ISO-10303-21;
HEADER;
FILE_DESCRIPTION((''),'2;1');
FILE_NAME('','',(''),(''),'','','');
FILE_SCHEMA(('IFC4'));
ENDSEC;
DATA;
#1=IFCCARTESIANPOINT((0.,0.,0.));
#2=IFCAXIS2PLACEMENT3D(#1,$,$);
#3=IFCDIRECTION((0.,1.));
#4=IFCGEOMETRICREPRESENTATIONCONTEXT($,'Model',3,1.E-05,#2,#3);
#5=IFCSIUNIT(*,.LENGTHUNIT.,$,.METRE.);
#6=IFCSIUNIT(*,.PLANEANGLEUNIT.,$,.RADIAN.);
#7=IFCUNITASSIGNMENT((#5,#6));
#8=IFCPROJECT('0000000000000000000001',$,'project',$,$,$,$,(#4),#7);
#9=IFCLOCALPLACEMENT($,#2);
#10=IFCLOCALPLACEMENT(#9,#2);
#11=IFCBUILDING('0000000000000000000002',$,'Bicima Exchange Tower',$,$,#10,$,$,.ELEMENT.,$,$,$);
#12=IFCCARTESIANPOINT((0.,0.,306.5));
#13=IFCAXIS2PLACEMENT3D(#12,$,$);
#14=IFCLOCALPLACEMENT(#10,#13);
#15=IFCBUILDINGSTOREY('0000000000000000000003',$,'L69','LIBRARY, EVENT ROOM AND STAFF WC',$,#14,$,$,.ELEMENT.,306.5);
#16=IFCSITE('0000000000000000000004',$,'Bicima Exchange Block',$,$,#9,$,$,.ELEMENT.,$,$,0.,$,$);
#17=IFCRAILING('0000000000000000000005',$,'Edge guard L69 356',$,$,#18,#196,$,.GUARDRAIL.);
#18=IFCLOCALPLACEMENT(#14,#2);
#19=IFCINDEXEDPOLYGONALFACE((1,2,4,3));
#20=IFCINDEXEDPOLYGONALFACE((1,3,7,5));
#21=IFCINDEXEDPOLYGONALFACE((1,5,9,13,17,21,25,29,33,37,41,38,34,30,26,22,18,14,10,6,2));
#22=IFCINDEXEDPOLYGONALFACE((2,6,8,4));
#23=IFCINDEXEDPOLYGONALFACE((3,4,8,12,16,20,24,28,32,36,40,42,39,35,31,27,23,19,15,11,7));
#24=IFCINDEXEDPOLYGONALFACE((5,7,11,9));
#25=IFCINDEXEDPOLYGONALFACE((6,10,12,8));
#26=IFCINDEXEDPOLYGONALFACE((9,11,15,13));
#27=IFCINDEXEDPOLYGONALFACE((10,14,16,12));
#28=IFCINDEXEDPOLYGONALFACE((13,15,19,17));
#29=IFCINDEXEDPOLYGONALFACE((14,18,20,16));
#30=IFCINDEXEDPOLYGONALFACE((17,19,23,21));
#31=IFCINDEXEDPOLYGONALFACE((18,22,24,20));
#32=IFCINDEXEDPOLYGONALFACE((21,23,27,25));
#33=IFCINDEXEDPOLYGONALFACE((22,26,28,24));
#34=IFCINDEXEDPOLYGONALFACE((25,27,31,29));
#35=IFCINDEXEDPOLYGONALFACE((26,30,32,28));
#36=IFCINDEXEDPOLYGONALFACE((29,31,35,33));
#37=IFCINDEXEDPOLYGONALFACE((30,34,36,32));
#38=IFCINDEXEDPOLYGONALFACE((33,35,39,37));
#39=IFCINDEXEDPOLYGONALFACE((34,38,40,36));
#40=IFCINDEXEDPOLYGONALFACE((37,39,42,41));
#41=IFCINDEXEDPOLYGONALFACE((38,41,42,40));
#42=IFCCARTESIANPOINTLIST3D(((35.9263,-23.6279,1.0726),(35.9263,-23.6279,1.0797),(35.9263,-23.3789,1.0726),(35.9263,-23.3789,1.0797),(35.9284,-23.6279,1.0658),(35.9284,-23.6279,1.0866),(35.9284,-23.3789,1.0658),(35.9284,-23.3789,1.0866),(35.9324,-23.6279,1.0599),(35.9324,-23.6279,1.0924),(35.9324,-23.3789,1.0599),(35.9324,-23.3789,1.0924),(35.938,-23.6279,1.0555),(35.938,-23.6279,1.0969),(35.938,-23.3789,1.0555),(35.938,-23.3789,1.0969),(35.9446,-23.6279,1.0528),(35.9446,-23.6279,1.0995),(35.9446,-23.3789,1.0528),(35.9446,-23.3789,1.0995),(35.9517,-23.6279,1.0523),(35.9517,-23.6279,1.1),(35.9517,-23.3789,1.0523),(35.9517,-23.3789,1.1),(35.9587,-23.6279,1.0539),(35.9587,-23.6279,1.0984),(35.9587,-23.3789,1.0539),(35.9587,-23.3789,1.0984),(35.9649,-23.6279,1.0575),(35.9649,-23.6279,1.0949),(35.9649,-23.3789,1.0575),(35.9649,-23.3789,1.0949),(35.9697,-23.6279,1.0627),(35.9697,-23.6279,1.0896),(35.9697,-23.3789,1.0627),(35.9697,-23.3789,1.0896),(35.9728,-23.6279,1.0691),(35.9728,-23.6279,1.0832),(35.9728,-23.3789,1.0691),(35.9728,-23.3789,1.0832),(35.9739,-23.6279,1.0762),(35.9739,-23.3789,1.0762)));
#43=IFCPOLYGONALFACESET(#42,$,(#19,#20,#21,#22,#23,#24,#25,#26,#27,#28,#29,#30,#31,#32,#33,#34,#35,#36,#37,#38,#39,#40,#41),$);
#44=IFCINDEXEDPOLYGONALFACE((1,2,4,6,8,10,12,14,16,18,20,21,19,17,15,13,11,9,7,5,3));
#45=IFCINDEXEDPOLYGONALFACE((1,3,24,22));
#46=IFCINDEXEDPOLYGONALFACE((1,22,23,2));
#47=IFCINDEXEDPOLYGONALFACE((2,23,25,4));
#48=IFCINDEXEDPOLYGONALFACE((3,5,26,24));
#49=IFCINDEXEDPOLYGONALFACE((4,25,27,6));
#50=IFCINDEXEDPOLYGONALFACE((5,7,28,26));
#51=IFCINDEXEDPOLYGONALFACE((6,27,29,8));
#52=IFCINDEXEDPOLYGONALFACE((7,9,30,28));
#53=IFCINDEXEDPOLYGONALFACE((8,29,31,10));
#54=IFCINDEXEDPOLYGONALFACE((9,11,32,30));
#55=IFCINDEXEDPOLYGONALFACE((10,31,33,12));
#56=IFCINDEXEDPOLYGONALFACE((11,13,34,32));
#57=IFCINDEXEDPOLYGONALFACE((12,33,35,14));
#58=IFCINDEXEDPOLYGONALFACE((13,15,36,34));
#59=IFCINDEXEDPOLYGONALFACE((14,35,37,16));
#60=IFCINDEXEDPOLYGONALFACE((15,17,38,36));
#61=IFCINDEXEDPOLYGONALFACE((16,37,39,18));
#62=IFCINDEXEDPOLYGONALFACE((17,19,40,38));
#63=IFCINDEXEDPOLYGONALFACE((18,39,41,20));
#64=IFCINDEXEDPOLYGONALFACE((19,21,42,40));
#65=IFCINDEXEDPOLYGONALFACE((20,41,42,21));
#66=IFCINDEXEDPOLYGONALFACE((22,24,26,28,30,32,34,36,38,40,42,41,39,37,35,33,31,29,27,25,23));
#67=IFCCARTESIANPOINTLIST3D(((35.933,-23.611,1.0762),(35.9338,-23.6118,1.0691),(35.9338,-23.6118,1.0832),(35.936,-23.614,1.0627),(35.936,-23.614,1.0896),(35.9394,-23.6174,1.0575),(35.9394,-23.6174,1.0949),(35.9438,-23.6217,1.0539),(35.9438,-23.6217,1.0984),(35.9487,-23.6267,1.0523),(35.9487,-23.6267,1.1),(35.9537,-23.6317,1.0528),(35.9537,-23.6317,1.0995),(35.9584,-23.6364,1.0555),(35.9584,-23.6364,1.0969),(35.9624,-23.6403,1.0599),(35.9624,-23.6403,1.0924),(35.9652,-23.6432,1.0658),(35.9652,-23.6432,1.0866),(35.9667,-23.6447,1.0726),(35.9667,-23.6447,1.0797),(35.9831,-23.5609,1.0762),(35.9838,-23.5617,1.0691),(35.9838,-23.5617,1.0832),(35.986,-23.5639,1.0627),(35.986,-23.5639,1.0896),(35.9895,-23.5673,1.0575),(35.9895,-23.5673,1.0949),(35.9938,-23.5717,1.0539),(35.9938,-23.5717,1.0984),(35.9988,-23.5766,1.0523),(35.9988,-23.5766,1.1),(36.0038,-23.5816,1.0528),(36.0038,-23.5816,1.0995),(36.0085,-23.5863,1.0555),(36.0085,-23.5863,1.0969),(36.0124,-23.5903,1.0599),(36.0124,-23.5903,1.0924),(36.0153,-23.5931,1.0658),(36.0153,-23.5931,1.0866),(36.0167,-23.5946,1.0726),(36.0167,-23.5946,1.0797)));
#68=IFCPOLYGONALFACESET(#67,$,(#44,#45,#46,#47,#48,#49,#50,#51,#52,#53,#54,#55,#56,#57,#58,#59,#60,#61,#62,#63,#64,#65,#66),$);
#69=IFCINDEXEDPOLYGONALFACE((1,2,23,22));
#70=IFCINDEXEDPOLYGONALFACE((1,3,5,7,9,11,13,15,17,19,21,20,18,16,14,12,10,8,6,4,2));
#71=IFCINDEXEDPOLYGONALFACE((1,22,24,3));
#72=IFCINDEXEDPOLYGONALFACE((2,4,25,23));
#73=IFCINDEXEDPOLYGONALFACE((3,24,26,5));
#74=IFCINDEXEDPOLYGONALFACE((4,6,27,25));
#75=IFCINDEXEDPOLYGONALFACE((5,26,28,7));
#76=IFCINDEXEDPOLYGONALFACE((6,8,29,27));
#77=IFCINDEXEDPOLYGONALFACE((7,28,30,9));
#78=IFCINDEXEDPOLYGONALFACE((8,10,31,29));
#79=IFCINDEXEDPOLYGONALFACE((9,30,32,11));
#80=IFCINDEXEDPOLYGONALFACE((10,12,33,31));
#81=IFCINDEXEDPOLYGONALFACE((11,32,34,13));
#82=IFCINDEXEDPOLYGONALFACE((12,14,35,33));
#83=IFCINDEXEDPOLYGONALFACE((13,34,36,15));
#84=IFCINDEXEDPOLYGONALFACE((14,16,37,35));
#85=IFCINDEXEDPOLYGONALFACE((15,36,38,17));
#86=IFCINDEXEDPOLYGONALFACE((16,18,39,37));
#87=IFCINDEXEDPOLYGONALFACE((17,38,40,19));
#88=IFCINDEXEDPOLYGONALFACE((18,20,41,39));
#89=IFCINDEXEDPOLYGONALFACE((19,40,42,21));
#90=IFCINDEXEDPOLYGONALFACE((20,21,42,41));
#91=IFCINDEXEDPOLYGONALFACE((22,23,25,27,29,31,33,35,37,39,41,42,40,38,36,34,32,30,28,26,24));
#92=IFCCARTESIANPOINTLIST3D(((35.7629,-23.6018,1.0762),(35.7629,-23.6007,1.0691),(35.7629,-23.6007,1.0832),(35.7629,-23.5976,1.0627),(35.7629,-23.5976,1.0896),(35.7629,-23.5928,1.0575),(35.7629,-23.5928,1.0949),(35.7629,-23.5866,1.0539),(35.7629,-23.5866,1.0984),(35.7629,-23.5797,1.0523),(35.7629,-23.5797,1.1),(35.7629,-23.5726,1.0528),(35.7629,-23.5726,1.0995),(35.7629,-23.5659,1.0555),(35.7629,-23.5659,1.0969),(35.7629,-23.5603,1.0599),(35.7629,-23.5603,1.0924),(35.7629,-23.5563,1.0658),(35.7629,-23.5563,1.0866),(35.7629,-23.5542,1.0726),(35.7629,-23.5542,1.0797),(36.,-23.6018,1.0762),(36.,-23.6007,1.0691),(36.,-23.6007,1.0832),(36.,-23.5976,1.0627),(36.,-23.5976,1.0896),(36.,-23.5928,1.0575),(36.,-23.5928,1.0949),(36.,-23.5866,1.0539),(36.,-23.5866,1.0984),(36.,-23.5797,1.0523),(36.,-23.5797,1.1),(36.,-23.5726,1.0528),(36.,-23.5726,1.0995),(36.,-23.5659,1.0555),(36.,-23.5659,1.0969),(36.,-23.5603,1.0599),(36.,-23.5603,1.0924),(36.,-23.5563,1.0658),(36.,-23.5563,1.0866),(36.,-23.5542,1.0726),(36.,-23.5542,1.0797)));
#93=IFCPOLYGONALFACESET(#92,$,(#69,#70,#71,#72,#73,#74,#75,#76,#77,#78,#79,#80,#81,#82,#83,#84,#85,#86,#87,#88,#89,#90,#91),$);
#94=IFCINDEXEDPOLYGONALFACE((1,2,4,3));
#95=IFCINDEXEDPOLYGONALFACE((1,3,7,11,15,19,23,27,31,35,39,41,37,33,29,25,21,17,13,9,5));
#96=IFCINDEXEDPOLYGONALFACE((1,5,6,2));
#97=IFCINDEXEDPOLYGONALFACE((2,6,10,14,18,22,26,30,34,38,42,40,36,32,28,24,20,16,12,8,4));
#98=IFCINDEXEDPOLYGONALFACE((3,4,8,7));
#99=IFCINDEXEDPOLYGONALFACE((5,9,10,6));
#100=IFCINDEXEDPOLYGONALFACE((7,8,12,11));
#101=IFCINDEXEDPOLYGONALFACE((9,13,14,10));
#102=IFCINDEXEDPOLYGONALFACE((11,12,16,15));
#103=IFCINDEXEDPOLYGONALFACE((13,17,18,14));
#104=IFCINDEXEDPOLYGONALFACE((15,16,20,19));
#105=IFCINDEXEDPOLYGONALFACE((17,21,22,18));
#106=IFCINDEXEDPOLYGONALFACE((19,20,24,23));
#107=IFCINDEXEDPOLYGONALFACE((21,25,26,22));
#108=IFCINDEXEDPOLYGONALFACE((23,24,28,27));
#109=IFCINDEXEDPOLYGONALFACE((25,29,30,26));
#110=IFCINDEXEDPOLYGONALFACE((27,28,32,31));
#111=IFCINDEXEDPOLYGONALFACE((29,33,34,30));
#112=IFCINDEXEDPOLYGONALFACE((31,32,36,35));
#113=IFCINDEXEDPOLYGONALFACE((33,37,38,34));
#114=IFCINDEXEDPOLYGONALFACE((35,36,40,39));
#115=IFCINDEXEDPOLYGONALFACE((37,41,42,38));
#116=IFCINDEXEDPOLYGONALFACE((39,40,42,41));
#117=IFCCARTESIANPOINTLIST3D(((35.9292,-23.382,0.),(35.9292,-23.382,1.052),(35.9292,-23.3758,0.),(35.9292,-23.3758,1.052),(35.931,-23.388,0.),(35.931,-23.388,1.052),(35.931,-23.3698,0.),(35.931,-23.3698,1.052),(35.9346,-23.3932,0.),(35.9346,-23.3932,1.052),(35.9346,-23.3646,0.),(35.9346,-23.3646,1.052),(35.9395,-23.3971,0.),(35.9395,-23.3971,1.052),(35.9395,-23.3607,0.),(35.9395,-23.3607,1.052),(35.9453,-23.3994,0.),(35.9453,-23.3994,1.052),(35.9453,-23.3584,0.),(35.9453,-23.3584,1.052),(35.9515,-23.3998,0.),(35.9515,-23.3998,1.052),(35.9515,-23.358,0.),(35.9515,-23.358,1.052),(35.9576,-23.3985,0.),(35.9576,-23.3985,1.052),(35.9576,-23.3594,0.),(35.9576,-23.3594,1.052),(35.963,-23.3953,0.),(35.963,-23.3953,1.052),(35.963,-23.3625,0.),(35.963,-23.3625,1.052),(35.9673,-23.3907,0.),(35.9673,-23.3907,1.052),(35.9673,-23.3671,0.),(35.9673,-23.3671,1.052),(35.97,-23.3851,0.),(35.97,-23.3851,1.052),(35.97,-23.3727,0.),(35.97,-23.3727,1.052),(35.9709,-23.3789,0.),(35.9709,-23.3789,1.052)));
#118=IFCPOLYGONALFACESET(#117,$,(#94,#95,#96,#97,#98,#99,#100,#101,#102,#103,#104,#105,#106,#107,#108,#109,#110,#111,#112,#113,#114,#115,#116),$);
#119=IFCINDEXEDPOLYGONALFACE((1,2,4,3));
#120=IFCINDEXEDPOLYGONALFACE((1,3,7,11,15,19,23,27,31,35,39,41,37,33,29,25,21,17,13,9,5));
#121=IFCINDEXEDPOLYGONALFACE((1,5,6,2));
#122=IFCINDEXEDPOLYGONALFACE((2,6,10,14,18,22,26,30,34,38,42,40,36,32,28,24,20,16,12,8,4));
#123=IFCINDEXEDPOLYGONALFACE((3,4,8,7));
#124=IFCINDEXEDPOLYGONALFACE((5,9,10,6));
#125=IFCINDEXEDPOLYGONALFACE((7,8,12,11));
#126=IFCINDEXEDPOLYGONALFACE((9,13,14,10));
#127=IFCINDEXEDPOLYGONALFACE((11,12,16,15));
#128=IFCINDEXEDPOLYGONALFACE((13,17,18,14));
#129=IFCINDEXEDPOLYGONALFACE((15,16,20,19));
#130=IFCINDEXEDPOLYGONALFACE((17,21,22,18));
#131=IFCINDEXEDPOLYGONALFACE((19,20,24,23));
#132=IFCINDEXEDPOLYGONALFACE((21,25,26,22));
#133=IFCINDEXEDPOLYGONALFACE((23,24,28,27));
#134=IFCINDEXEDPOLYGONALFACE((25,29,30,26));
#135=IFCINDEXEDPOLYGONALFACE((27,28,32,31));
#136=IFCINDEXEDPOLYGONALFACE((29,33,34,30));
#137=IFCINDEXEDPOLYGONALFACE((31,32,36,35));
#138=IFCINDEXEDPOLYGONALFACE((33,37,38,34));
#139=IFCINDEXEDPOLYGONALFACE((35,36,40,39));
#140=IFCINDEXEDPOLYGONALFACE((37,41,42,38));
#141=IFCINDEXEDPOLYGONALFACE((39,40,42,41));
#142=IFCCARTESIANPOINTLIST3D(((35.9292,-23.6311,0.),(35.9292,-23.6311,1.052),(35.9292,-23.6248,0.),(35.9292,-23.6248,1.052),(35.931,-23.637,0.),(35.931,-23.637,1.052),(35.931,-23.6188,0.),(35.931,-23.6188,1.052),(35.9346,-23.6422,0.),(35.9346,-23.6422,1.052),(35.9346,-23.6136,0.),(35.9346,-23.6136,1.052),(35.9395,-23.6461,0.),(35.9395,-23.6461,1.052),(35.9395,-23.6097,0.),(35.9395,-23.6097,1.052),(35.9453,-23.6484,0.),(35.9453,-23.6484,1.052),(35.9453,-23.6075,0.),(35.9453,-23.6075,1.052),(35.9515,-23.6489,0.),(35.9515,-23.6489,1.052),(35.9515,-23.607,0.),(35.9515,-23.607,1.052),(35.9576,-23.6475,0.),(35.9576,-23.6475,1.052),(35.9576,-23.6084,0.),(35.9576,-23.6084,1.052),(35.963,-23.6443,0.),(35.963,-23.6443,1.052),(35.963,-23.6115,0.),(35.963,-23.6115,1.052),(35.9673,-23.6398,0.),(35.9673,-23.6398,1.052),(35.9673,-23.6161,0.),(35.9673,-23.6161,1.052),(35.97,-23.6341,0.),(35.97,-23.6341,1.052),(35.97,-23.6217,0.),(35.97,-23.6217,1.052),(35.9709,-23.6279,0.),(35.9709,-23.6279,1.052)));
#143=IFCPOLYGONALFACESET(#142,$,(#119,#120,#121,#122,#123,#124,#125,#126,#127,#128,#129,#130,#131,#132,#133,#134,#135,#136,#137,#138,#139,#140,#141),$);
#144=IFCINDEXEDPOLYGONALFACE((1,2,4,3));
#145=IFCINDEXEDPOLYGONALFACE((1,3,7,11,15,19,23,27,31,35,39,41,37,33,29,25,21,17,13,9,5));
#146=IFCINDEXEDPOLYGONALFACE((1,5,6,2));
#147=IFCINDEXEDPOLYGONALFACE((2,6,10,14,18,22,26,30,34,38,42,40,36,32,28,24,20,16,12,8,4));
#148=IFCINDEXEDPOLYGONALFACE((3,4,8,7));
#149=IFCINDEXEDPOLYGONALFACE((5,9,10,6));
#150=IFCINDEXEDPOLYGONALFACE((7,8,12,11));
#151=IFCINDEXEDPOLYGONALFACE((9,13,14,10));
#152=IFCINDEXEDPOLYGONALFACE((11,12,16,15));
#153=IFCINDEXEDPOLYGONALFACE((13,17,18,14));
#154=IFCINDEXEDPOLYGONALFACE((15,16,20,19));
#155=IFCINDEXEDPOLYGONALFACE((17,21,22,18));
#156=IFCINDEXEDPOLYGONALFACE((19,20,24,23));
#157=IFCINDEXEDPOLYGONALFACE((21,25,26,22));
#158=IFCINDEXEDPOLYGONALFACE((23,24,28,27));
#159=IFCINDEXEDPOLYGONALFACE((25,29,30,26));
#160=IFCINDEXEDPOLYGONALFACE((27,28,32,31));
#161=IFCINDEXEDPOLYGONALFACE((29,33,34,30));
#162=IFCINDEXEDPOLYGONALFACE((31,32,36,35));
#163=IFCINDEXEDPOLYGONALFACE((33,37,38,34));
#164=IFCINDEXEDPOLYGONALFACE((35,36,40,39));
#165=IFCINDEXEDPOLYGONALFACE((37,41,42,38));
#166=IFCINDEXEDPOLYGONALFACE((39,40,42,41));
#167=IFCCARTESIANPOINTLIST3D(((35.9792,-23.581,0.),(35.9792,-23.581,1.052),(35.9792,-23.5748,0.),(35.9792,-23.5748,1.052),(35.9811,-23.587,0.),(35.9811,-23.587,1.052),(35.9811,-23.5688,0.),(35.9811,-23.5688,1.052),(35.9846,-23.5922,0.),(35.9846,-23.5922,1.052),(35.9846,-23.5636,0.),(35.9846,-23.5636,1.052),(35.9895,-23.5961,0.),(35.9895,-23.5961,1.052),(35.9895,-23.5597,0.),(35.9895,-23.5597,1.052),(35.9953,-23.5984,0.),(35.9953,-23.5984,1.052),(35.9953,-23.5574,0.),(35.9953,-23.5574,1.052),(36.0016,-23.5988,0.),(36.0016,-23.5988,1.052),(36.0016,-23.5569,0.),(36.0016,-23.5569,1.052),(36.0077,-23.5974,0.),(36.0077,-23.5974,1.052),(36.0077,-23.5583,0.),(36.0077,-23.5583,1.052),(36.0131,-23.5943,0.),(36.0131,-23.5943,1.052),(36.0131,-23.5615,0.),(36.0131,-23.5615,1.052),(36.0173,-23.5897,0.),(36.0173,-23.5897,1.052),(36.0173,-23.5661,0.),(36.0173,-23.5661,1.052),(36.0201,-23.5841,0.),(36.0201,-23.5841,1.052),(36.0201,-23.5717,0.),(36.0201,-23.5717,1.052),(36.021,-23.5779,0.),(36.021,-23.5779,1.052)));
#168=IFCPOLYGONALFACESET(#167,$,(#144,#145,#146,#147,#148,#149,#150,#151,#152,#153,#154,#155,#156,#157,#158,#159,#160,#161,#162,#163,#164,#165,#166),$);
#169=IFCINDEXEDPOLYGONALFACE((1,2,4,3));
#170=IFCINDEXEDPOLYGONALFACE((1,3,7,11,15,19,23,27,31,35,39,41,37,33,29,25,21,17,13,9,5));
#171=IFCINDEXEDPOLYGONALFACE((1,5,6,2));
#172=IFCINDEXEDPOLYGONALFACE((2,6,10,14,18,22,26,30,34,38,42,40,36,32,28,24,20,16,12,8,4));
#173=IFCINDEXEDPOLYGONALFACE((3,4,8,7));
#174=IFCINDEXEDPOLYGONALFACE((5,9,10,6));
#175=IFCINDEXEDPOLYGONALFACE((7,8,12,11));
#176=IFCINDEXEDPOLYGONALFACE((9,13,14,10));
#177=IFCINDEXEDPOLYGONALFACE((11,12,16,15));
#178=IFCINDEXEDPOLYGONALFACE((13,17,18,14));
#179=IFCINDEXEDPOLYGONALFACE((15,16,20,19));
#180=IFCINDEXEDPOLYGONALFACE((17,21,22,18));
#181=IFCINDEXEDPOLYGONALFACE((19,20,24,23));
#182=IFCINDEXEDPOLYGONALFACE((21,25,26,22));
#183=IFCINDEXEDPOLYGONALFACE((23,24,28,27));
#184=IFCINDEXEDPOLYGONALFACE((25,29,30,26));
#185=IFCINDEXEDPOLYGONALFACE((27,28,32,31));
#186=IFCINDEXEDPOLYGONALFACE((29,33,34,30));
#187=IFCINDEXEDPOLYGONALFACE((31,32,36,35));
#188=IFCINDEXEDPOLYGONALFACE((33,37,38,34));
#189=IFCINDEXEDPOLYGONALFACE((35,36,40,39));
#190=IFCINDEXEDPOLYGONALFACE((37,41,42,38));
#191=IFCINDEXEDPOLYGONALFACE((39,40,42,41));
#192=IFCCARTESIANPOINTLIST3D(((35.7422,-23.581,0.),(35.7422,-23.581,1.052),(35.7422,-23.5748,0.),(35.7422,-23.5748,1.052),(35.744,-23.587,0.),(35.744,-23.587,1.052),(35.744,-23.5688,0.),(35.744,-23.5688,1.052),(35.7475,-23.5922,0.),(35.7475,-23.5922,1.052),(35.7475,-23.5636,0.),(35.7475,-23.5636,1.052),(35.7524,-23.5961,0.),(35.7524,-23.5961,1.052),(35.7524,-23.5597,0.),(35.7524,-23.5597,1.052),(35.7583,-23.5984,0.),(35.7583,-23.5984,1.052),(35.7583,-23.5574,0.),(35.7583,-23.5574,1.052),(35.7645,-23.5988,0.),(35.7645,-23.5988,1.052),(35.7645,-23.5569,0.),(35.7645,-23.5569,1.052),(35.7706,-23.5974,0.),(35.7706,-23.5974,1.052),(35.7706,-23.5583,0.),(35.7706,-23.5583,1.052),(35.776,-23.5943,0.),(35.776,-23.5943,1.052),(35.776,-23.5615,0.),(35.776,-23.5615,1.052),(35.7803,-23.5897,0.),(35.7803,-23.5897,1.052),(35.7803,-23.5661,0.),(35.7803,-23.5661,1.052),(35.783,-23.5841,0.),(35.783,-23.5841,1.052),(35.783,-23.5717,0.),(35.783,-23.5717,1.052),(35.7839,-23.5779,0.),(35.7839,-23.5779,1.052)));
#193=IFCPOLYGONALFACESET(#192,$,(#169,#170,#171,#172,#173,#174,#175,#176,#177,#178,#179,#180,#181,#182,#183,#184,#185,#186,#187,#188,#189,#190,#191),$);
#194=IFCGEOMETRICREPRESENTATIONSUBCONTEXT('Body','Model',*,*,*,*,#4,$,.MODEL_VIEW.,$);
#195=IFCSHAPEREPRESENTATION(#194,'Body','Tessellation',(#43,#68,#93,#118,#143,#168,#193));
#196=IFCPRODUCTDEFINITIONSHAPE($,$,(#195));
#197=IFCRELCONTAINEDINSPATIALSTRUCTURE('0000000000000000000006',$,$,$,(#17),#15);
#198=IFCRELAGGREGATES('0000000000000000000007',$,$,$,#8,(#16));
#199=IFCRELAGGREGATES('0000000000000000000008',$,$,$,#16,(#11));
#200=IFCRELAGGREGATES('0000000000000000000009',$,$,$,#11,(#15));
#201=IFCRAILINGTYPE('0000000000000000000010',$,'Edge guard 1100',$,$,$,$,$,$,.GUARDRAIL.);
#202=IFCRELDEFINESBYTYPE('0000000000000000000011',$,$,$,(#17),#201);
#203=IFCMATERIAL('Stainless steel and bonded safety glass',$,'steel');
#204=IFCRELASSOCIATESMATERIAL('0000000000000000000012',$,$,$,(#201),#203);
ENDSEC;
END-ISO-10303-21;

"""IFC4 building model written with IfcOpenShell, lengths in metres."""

from ifc_helpers import new_model, si_unit, direction, frame, origin, origin_2d, place, context, subcontext, project, spatial, circle, extrude, material, type_object, element, save


model = new_model("IFC4")

# Units and contexts
model_context = context("Model", 3, precision=1e-05, world=origin(), true_north=direction((0.0, 1.0)))
body_context = subcontext(model_context, "Body", "Model", "MODEL_VIEW")
ifc_project = project(units=[si_unit("LENGTHUNIT", "METRE"), si_unit("PLANEANGLEUNIT", "RADIAN")], contexts=[model_context])

# Site, building, storey
site_placement = place(None, origin())
site = spatial("IfcSite", under=ifc_project, at=site_placement, Name="Bicima Exchange Block", CompositionType="ELEMENT", RefElevation=0.0)
building_placement = place(site_placement, origin())
building = spatial("IfcBuilding", under=site, at=building_placement, Name="Bicima Exchange Tower", CompositionType="ELEMENT")
storey_placement = place(building_placement, frame((0.0, 0.0, 306.5)))
storey = spatial("IfcBuildingStorey", under=building, at=storey_placement, Name="L69", Description="LIBRARY, EVENT ROOM AND STAFF WC", CompositionType="ELEMENT", Elevation=306.5)

# Railing
ifc_material_1 = material(Name="Stainless steel and bonded safety glass", Category="steel")
railing_type = type_object("IfcRailingType", Name="Edge guard 1100", PredefinedType="GUARDRAIL", material=ifc_material_1)
railing_1_placement = place(storey_placement, frame((35.95, -23.3789, 0.0)))
element("IfcRailing", 1, at=railing_1_placement, inside=storey, type_object=railing_type, Name="Edge guard L69 356", PredefinedType="GUARDRAIL", context=body_context, shape_type="SweptSolid", body=[
    extrude(circle(Radius=0.0239, at=origin_2d()), frame((0.0, 0.0, 1.0762), z_axis=(0.0, -1.0, 0.0), x_axis=(1.0, 0.0, 0.0)), (0.0, 0.0, 1.0), 0.249),
    extrude(circle(Radius=0.0239, at=origin_2d()), frame((0.0, -0.249, 1.0762), z_axis=(0.707107, 0.707107, 0.0), x_axis=(-0.707107, 0.707107, 0.0)), (0.0, 0.0, 1.0), 0.0708),
    extrude(circle(Radius=0.0239, at=origin_2d()), frame((0.05, -0.199, 1.0762), z_axis=(-1.0, 0.0, 0.0), x_axis=(0.0, -1.0, 0.0)), (0.0, 0.0, 1.0), 0.2371),
    extrude(circle(Radius=0.021, at=origin_2d()), origin(), (0.0, 0.0, 1.0), 1.052),
    extrude(circle(Radius=0.021, at=origin_2d()), frame((0.0, -0.249, 0.0)), (0.0, 0.0, 1.0), 1.052),
    extrude(circle(Radius=0.021, at=origin_2d()), frame((0.05, -0.199, 0.0)), (0.0, 0.0, 1.0), 1.052),
    extrude(circle(Radius=0.021, at=origin_2d()), frame((-0.187, -0.199, 0.0)), (0.0, 0.0, 1.0), 1.052),
])

save(model, "model.ifc")
